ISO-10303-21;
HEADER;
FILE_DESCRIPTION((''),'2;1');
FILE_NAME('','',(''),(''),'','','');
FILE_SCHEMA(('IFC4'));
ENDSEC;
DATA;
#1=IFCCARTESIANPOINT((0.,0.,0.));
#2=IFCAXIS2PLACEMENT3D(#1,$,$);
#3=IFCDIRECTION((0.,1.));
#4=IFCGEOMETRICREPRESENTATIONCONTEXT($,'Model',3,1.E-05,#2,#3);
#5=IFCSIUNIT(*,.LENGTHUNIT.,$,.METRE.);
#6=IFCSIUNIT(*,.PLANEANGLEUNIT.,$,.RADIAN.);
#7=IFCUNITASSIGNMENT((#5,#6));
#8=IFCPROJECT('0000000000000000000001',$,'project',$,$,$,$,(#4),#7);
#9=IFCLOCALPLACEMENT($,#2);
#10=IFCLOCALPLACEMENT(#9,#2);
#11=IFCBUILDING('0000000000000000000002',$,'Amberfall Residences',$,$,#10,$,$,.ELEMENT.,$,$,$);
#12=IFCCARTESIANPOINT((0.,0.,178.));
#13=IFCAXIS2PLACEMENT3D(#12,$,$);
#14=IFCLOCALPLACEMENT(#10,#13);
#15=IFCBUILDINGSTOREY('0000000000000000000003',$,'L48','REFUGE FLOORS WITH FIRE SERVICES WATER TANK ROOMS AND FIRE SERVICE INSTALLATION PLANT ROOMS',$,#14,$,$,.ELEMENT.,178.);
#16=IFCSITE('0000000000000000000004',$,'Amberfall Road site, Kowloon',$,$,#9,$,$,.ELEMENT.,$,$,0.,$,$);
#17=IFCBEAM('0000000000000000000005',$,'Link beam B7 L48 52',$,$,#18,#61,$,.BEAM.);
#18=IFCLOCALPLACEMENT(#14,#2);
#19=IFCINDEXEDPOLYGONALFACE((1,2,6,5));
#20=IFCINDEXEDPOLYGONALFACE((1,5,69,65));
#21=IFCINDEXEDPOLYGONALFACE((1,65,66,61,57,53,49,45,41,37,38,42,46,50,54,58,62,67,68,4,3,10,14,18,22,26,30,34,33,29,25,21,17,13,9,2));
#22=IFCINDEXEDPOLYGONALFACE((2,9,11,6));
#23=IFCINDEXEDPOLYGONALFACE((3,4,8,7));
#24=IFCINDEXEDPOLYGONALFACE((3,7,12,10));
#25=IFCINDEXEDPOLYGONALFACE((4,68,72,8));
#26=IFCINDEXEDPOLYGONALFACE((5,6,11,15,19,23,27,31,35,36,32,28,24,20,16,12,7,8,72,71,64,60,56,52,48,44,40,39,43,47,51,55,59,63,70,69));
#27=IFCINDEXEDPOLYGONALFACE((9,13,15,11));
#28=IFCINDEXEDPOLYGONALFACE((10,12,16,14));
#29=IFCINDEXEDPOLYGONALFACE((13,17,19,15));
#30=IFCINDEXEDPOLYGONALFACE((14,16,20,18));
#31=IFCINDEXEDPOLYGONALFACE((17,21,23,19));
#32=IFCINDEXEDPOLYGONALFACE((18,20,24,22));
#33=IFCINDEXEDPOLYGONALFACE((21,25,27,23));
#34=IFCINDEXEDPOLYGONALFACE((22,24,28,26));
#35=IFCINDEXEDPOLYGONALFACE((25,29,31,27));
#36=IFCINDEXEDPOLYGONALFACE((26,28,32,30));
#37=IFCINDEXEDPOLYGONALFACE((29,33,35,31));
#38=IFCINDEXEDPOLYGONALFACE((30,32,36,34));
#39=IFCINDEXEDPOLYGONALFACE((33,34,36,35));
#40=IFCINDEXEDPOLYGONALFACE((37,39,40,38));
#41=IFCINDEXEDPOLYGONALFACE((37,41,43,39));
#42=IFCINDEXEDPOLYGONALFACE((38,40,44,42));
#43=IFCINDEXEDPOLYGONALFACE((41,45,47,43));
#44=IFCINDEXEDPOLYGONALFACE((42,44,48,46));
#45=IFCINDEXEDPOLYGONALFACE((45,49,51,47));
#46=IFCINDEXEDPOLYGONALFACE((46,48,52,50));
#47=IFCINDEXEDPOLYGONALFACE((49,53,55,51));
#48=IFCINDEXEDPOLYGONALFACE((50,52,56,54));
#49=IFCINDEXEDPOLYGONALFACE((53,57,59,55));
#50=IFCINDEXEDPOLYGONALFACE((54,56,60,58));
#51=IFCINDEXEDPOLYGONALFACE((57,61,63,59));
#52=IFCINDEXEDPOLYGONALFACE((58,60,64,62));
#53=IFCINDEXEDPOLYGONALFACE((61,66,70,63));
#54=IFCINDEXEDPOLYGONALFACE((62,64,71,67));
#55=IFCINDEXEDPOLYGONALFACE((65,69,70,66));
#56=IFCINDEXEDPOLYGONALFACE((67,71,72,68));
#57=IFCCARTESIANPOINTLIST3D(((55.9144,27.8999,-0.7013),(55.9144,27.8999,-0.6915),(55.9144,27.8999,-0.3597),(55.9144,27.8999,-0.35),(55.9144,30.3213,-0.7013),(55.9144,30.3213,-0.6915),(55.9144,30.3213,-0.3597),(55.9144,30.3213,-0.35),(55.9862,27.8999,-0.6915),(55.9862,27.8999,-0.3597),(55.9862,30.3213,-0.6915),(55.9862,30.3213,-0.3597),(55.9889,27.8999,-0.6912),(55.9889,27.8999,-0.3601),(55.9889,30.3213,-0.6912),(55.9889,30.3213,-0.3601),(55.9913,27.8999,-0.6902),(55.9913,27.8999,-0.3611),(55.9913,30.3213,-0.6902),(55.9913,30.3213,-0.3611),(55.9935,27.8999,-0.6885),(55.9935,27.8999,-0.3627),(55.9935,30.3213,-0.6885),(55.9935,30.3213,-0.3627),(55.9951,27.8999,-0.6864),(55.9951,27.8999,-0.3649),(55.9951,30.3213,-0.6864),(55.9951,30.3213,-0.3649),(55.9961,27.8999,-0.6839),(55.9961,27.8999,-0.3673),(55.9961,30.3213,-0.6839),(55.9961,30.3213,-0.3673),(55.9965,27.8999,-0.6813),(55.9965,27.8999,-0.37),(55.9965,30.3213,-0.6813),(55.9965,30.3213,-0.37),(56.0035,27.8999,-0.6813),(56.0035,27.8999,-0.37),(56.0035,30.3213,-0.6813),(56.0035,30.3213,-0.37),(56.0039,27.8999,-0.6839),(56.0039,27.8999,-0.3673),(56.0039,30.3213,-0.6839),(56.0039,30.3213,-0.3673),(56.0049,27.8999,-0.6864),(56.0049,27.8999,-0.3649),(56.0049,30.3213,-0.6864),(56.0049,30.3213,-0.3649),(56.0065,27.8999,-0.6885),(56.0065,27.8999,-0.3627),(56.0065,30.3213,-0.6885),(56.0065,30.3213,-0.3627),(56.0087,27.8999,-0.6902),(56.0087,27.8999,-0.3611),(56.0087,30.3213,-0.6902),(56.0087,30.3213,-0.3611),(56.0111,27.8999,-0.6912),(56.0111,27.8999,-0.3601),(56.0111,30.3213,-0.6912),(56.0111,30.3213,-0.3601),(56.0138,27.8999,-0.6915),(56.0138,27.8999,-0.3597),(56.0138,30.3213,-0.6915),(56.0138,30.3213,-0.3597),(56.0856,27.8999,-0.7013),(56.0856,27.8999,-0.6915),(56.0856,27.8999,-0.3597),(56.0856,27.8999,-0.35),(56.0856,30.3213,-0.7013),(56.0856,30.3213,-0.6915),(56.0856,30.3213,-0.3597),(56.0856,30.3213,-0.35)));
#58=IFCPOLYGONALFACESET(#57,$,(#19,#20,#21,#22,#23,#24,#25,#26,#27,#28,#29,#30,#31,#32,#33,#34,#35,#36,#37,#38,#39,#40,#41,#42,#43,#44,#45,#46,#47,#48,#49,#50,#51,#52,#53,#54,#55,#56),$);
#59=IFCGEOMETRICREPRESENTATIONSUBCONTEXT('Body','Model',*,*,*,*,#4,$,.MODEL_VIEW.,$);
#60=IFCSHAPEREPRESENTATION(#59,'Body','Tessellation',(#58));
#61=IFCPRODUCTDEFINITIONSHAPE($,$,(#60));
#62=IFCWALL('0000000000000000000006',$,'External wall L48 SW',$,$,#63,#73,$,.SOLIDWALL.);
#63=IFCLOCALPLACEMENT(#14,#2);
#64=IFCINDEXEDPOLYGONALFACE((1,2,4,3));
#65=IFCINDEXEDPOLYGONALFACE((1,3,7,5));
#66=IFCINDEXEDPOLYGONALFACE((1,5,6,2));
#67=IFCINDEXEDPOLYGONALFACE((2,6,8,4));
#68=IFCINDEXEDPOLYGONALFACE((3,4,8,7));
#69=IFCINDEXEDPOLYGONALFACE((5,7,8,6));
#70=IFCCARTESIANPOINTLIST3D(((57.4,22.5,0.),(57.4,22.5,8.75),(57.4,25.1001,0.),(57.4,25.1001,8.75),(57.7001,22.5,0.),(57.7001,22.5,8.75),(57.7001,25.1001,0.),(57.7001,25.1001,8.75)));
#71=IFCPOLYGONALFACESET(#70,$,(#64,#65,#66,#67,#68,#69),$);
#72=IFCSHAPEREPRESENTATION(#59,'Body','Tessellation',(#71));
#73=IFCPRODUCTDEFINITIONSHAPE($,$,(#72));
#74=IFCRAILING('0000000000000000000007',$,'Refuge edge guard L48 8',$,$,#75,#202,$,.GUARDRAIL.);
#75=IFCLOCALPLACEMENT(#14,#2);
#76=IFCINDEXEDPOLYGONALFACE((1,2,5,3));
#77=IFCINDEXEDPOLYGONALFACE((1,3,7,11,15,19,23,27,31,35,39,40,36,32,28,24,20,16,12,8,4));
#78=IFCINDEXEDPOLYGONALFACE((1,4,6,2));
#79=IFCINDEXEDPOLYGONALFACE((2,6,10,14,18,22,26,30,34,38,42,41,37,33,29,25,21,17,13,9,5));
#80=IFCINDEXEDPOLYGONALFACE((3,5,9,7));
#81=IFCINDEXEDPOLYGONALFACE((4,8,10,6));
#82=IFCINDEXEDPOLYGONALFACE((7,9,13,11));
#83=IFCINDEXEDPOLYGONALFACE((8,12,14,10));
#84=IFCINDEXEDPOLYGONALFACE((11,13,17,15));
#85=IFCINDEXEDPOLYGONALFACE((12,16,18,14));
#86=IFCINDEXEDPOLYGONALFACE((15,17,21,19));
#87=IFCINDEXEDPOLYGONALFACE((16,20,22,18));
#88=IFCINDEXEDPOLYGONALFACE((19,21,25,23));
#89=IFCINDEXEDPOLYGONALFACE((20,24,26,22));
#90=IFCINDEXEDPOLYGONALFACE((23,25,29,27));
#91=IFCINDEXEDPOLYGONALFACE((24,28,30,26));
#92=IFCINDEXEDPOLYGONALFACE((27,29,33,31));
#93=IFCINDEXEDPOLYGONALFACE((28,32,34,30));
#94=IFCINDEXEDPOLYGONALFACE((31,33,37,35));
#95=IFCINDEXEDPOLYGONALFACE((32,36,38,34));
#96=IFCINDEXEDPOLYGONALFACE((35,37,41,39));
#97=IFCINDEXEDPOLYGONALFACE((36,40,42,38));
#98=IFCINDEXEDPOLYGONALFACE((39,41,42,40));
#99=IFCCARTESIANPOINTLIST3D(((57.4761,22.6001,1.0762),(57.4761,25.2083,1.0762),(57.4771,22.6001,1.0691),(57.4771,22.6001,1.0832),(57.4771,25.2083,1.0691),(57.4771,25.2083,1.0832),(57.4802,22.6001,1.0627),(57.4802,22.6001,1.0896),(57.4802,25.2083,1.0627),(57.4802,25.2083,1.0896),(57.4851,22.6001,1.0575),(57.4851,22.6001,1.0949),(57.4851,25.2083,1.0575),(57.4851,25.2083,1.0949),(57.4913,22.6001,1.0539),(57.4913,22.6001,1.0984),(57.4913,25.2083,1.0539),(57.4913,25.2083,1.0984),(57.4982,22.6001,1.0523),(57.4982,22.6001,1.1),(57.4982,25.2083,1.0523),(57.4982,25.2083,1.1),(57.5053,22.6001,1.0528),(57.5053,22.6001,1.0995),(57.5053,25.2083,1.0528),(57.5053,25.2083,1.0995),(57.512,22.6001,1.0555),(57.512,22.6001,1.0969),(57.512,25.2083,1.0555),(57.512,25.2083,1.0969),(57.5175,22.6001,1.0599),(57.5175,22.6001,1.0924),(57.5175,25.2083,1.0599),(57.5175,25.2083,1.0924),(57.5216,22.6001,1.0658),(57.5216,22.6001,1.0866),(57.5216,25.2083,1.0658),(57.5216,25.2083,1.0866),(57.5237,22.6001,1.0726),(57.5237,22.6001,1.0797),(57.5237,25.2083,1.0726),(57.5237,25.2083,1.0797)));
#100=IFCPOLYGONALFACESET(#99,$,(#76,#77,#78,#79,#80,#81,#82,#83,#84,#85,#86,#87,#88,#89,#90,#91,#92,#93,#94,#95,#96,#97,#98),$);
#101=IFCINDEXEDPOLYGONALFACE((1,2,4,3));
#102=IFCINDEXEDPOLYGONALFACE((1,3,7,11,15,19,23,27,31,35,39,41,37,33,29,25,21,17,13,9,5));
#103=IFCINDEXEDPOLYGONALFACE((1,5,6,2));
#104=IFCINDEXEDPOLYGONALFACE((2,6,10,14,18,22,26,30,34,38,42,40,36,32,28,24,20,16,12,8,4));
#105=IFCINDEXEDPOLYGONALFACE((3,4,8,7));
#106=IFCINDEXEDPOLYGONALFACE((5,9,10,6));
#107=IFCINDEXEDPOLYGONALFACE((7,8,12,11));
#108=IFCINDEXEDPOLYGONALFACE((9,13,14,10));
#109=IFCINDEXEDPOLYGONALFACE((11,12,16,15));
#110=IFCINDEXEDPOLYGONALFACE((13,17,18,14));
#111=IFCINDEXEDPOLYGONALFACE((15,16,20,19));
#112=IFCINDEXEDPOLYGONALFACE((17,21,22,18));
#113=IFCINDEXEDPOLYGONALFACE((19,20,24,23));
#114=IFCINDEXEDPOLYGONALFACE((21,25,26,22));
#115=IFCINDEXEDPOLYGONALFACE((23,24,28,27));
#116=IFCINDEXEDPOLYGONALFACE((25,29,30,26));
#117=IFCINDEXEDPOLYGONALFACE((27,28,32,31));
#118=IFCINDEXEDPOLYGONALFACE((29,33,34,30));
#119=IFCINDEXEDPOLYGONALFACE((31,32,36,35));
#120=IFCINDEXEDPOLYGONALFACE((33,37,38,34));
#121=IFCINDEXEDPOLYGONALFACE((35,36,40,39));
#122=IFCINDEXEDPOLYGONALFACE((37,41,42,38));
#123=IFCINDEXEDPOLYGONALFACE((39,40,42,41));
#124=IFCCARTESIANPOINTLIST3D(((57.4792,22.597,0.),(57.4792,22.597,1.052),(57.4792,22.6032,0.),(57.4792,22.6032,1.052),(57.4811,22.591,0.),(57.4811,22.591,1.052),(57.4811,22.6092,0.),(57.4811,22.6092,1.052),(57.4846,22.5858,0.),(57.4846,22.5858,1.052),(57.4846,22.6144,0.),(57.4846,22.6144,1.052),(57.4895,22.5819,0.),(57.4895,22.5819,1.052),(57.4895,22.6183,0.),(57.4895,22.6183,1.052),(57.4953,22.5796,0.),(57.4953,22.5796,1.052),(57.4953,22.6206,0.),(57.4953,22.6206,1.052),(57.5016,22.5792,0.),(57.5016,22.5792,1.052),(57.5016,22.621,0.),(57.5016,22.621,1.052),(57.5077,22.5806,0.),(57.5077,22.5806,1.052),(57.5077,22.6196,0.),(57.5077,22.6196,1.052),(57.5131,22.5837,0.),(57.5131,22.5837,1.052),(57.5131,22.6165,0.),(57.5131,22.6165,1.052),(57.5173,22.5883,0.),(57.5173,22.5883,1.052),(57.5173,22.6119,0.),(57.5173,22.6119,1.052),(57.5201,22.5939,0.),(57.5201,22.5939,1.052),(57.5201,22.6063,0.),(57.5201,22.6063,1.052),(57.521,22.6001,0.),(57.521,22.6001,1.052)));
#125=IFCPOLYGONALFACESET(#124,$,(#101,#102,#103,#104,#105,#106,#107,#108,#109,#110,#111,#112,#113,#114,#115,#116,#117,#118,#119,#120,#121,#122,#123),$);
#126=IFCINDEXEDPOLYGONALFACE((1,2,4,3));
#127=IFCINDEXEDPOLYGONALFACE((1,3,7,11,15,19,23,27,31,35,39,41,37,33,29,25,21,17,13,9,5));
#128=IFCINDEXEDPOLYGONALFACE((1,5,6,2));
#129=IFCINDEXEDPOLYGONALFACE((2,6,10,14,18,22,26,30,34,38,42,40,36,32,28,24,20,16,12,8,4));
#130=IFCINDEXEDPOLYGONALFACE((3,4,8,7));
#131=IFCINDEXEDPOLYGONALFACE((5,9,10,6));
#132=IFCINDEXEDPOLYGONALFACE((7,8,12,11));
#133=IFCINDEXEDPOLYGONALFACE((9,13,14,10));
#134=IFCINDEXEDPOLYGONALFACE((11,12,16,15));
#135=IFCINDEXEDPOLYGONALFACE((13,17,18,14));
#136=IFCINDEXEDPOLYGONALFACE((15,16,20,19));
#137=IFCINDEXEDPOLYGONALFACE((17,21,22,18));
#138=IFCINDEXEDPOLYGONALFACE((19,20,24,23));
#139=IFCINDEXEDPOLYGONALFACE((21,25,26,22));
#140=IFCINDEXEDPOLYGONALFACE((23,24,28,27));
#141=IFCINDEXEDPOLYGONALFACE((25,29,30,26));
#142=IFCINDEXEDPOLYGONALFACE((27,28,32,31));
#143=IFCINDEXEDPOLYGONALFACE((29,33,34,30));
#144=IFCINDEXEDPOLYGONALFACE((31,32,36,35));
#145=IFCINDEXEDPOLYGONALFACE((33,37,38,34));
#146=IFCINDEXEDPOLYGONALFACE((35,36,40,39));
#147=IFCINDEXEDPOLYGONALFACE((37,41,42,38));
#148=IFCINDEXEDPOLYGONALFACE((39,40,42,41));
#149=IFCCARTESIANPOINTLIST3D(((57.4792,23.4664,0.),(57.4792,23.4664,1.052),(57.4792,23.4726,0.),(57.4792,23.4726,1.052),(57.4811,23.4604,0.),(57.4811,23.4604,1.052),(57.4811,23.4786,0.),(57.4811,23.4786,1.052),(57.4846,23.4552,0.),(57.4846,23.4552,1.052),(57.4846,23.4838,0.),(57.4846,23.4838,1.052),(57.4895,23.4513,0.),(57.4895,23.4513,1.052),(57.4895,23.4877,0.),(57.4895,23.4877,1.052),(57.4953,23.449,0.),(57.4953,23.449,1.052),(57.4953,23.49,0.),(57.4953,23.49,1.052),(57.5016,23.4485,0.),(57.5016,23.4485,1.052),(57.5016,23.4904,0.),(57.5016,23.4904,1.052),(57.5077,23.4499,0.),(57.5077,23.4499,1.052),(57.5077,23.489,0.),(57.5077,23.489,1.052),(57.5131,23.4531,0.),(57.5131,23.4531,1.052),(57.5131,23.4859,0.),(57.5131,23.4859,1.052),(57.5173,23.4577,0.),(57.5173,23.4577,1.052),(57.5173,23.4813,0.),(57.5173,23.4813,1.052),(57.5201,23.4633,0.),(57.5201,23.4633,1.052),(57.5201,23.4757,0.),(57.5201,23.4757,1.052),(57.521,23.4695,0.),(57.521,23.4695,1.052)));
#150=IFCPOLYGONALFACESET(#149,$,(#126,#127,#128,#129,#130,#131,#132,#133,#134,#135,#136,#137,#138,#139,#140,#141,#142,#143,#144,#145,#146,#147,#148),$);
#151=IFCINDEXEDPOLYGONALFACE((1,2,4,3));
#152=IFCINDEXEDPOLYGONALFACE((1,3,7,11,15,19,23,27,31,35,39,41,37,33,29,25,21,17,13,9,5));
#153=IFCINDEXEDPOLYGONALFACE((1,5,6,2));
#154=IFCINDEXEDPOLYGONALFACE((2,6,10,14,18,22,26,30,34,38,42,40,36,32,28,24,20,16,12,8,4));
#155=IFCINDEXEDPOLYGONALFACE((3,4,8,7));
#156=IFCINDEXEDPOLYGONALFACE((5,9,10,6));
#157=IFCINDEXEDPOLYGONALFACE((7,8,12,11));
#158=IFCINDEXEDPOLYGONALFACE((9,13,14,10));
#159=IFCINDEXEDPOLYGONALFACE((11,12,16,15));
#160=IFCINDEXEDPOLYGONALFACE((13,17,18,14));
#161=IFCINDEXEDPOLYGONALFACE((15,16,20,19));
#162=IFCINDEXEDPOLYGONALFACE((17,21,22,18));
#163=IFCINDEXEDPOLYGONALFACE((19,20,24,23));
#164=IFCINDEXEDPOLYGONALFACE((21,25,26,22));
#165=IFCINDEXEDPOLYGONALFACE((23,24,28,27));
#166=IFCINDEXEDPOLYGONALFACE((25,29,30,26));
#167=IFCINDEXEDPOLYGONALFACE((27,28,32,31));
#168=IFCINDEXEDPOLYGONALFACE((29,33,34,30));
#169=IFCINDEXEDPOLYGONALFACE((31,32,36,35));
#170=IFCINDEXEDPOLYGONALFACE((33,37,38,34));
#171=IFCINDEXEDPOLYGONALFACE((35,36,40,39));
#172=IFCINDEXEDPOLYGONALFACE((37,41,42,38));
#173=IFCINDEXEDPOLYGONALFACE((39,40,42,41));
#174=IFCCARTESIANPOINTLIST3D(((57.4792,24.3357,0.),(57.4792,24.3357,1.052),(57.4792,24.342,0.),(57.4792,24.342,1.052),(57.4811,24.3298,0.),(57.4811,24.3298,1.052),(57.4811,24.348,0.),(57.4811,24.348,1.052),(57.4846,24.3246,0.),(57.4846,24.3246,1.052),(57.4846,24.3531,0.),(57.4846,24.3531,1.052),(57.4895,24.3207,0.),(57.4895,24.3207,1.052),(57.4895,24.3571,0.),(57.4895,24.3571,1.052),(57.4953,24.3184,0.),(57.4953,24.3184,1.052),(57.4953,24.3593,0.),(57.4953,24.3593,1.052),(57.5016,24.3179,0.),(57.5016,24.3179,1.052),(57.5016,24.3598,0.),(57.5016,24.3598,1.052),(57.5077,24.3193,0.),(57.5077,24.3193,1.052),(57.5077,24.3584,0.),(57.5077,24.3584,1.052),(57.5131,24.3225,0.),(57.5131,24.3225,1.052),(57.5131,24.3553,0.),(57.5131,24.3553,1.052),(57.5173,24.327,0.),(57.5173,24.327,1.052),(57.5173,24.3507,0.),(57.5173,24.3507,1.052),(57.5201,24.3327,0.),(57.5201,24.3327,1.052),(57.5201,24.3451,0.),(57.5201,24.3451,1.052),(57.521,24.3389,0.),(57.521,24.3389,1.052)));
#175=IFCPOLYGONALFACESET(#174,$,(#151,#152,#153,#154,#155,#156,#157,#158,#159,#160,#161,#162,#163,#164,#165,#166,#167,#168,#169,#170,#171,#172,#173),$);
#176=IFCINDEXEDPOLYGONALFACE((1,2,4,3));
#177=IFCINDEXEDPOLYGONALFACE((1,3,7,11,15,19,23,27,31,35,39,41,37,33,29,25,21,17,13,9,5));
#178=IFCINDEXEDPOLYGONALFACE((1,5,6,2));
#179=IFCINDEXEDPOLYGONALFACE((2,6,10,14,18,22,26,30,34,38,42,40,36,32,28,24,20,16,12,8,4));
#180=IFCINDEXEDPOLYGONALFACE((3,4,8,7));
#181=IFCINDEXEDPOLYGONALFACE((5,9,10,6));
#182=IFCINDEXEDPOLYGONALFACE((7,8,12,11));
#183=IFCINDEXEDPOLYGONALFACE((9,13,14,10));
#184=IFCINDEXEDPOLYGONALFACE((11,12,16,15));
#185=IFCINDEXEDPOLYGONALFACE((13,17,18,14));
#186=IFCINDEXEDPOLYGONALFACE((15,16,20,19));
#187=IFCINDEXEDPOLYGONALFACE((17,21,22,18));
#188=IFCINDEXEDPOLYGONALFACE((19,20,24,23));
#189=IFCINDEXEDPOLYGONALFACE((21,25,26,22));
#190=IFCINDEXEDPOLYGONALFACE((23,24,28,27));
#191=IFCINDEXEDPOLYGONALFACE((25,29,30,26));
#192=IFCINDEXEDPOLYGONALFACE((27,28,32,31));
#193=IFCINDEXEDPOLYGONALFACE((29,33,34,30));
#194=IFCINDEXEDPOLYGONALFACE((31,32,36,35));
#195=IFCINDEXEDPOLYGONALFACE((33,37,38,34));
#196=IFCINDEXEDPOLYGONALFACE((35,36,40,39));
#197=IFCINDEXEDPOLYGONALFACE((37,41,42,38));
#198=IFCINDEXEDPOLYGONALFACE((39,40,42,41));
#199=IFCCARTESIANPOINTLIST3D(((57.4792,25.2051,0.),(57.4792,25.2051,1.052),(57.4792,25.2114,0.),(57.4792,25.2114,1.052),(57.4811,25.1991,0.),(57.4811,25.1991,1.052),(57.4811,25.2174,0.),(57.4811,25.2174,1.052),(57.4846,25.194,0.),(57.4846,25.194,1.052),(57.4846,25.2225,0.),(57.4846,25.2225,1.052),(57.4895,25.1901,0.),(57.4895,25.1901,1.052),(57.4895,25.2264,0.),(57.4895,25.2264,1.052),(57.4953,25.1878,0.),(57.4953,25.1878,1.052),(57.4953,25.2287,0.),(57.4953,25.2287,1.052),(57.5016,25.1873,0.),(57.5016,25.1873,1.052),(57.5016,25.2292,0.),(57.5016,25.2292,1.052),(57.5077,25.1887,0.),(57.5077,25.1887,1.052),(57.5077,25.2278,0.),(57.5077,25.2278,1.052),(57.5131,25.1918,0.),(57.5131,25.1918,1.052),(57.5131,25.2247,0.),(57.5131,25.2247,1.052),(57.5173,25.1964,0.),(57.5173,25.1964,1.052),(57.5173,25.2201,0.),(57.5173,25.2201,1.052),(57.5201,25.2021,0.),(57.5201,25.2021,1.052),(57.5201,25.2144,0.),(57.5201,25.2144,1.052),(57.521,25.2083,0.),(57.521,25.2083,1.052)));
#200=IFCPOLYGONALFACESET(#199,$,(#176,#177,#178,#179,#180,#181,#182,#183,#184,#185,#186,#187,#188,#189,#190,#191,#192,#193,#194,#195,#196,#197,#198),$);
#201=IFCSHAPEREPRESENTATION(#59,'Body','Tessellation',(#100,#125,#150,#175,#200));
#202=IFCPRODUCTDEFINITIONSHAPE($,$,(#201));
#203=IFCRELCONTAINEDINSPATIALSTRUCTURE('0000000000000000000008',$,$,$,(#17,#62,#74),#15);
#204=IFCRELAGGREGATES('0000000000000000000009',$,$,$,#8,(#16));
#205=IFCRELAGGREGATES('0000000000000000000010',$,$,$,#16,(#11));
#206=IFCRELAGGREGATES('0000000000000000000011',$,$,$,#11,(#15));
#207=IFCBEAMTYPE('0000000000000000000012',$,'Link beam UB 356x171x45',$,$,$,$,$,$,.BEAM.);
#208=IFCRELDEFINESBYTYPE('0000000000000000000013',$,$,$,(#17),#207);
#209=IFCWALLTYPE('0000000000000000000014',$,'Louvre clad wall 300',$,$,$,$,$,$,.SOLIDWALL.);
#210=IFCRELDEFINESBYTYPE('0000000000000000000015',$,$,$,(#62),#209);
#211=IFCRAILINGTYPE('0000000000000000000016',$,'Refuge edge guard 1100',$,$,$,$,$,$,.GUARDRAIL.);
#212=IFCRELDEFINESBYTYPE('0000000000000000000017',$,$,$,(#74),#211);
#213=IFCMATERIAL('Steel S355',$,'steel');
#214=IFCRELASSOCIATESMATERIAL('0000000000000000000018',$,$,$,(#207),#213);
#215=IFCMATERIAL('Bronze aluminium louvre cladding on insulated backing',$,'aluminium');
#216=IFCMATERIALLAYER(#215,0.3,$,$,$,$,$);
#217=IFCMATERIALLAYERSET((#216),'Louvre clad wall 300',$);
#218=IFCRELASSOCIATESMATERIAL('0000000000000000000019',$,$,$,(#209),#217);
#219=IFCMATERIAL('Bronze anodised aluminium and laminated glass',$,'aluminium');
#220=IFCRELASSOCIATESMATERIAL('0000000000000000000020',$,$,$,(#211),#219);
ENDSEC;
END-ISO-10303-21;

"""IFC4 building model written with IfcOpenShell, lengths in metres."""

from ifc_helpers import new_model, si_unit, direction, frame, frame_2d, origin, origin_2d, place, context, subcontext, project, spatial, rectangle, circle, i_section, extrude, material, layer, layer_set, material_profile, profile_set, type_object, element, save


model = new_model("IFC4")

# Units and contexts
model_context = context("Model", 3, precision=1e-05, world=origin(), true_north=direction((0.0, 1.0)))
body_context = subcontext(model_context, "Body", "Model", "MODEL_VIEW")
ifc_project = project(units=[si_unit("LENGTHUNIT", "METRE"), si_unit("PLANEANGLEUNIT", "RADIAN")], contexts=[model_context])

# Site, building, storey
site_placement = place(None, origin())
site = spatial("IfcSite", under=ifc_project, at=site_placement, Name="Amberfall Road site, Kowloon", CompositionType="ELEMENT", RefElevation=0.0)
building_placement = place(site_placement, origin())
building = spatial("IfcBuilding", under=site, at=building_placement, Name="Amberfall Residences", CompositionType="ELEMENT")
storey_placement = place(building_placement, frame((0.0, 0.0, 178.0)))
storey = spatial("IfcBuildingStorey", under=building, at=storey_placement, Name="L48", Description="REFUGE FLOORS WITH FIRE SERVICES WATER TANK ROOMS AND FIRE SERVICE INSTALLATION PLANT ROOMS", CompositionType="ELEMENT", Elevation=178.0)

# Shared definitions
ifc_material_1 = material(Name="Steel S355", Category="steel")

# Beam
ifc_material_profile_1 = material_profile(ifc_material_1, i_section(OverallWidth=0.1711, OverallDepth=0.3513, WebThickness=0.0071, FlangeThickness=0.0098, FilletRadius=0.0103, at=origin_2d()), Name="UB 356x171x45")
ifc_profile_set_1 = profile_set([ifc_material_profile_1], Name="Steel S355")
beam_type_1 = type_object("IfcBeamType", Name="Link beam UB 356x171x45", PredefinedType="BEAM", material=ifc_profile_set_1)
beam_1_placement = place(storey_placement, frame((56.0, 27.8999, -0.5256), z_axis=(0.0, 1.0, 0.0), x_axis=(-1.0, 0.0, 0.0)))
element("IfcBeam", 1, at=beam_1_placement, inside=storey, type_object=beam_type_1, Name="Link beam B7 L48 52", PredefinedType="BEAM", context=body_context, shape_type="SweptSolid", body=[
    extrude(i_section(OverallWidth=0.1711, OverallDepth=0.3513, WebThickness=0.0071, FlangeThickness=0.0098, FilletRadius=0.0103, at=origin_2d()), origin(), (0.0, 0.0, 1.0), 2.4214),
])

# Wall
ifc_material_2 = material(Name="Bronze aluminium louvre cladding on insulated backing", Category="aluminium")
ifc_layer = layer(ifc_material_2, 0.3)
ifc_layer_set = layer_set([ifc_layer], Name="Louvre clad wall 300")
wall_type = type_object("IfcWallType", Name="Louvre clad wall 300", PredefinedType="SOLIDWALL", material=ifc_layer_set)
wall_placement = place(storey_placement, frame((57.55, 25.1001, 0.0), z_axis=(0.0, 0.0, 1.0), x_axis=(0.0, -1.0, 0.0)))
element("IfcWall", 2, at=wall_placement, inside=storey, type_object=wall_type, Name="External wall L48 SW", PredefinedType="SOLIDWALL", context=body_context, shape_type="SweptSolid", body=[
    extrude(rectangle(XDim=2.6001, YDim=0.3, at=frame_2d((1.3, 0.0))), origin(), (0.0, 0.0, 1.0), 8.75),
])

# Railing
ifc_material_3 = material(Name="Bronze anodised aluminium and laminated glass", Category="aluminium")
railing_type = type_object("IfcRailingType", Name="Refuge edge guard 1100", PredefinedType="GUARDRAIL", material=ifc_material_3)
railing_1_placement = place(storey_placement, frame((57.5, 22.6001, 0.0)))
element("IfcRailing", 3, at=railing_1_placement, inside=storey, type_object=railing_type, Name="Refuge edge guard L48 8", PredefinedType="GUARDRAIL", context=body_context, shape_type="SweptSolid", body=[
    extrude(circle(Radius=0.0239, at=origin_2d()), frame((0.0, 0.0, 1.0762), z_axis=(0.0, 1.0, 0.0), x_axis=(-1.0, 0.0, 0.0)), (0.0, 0.0, 1.0), 2.6082),
    extrude(circle(Radius=0.021, at=origin_2d()), origin(), (0.0, 0.0, 1.0), 1.052),
    extrude(circle(Radius=0.021, at=origin_2d()), frame((0.0, 0.8694, 0.0)), (0.0, 0.0, 1.0), 1.052),
    extrude(circle(Radius=0.021, at=origin_2d()), frame((0.0, 1.7388, 0.0)), (0.0, 0.0, 1.0), 1.052),
    extrude(circle(Radius=0.021, at=origin_2d()), frame((0.0, 2.6082, 0.0)), (0.0, 0.0, 1.0), 1.052),
])

save(model, "model.ifc")
